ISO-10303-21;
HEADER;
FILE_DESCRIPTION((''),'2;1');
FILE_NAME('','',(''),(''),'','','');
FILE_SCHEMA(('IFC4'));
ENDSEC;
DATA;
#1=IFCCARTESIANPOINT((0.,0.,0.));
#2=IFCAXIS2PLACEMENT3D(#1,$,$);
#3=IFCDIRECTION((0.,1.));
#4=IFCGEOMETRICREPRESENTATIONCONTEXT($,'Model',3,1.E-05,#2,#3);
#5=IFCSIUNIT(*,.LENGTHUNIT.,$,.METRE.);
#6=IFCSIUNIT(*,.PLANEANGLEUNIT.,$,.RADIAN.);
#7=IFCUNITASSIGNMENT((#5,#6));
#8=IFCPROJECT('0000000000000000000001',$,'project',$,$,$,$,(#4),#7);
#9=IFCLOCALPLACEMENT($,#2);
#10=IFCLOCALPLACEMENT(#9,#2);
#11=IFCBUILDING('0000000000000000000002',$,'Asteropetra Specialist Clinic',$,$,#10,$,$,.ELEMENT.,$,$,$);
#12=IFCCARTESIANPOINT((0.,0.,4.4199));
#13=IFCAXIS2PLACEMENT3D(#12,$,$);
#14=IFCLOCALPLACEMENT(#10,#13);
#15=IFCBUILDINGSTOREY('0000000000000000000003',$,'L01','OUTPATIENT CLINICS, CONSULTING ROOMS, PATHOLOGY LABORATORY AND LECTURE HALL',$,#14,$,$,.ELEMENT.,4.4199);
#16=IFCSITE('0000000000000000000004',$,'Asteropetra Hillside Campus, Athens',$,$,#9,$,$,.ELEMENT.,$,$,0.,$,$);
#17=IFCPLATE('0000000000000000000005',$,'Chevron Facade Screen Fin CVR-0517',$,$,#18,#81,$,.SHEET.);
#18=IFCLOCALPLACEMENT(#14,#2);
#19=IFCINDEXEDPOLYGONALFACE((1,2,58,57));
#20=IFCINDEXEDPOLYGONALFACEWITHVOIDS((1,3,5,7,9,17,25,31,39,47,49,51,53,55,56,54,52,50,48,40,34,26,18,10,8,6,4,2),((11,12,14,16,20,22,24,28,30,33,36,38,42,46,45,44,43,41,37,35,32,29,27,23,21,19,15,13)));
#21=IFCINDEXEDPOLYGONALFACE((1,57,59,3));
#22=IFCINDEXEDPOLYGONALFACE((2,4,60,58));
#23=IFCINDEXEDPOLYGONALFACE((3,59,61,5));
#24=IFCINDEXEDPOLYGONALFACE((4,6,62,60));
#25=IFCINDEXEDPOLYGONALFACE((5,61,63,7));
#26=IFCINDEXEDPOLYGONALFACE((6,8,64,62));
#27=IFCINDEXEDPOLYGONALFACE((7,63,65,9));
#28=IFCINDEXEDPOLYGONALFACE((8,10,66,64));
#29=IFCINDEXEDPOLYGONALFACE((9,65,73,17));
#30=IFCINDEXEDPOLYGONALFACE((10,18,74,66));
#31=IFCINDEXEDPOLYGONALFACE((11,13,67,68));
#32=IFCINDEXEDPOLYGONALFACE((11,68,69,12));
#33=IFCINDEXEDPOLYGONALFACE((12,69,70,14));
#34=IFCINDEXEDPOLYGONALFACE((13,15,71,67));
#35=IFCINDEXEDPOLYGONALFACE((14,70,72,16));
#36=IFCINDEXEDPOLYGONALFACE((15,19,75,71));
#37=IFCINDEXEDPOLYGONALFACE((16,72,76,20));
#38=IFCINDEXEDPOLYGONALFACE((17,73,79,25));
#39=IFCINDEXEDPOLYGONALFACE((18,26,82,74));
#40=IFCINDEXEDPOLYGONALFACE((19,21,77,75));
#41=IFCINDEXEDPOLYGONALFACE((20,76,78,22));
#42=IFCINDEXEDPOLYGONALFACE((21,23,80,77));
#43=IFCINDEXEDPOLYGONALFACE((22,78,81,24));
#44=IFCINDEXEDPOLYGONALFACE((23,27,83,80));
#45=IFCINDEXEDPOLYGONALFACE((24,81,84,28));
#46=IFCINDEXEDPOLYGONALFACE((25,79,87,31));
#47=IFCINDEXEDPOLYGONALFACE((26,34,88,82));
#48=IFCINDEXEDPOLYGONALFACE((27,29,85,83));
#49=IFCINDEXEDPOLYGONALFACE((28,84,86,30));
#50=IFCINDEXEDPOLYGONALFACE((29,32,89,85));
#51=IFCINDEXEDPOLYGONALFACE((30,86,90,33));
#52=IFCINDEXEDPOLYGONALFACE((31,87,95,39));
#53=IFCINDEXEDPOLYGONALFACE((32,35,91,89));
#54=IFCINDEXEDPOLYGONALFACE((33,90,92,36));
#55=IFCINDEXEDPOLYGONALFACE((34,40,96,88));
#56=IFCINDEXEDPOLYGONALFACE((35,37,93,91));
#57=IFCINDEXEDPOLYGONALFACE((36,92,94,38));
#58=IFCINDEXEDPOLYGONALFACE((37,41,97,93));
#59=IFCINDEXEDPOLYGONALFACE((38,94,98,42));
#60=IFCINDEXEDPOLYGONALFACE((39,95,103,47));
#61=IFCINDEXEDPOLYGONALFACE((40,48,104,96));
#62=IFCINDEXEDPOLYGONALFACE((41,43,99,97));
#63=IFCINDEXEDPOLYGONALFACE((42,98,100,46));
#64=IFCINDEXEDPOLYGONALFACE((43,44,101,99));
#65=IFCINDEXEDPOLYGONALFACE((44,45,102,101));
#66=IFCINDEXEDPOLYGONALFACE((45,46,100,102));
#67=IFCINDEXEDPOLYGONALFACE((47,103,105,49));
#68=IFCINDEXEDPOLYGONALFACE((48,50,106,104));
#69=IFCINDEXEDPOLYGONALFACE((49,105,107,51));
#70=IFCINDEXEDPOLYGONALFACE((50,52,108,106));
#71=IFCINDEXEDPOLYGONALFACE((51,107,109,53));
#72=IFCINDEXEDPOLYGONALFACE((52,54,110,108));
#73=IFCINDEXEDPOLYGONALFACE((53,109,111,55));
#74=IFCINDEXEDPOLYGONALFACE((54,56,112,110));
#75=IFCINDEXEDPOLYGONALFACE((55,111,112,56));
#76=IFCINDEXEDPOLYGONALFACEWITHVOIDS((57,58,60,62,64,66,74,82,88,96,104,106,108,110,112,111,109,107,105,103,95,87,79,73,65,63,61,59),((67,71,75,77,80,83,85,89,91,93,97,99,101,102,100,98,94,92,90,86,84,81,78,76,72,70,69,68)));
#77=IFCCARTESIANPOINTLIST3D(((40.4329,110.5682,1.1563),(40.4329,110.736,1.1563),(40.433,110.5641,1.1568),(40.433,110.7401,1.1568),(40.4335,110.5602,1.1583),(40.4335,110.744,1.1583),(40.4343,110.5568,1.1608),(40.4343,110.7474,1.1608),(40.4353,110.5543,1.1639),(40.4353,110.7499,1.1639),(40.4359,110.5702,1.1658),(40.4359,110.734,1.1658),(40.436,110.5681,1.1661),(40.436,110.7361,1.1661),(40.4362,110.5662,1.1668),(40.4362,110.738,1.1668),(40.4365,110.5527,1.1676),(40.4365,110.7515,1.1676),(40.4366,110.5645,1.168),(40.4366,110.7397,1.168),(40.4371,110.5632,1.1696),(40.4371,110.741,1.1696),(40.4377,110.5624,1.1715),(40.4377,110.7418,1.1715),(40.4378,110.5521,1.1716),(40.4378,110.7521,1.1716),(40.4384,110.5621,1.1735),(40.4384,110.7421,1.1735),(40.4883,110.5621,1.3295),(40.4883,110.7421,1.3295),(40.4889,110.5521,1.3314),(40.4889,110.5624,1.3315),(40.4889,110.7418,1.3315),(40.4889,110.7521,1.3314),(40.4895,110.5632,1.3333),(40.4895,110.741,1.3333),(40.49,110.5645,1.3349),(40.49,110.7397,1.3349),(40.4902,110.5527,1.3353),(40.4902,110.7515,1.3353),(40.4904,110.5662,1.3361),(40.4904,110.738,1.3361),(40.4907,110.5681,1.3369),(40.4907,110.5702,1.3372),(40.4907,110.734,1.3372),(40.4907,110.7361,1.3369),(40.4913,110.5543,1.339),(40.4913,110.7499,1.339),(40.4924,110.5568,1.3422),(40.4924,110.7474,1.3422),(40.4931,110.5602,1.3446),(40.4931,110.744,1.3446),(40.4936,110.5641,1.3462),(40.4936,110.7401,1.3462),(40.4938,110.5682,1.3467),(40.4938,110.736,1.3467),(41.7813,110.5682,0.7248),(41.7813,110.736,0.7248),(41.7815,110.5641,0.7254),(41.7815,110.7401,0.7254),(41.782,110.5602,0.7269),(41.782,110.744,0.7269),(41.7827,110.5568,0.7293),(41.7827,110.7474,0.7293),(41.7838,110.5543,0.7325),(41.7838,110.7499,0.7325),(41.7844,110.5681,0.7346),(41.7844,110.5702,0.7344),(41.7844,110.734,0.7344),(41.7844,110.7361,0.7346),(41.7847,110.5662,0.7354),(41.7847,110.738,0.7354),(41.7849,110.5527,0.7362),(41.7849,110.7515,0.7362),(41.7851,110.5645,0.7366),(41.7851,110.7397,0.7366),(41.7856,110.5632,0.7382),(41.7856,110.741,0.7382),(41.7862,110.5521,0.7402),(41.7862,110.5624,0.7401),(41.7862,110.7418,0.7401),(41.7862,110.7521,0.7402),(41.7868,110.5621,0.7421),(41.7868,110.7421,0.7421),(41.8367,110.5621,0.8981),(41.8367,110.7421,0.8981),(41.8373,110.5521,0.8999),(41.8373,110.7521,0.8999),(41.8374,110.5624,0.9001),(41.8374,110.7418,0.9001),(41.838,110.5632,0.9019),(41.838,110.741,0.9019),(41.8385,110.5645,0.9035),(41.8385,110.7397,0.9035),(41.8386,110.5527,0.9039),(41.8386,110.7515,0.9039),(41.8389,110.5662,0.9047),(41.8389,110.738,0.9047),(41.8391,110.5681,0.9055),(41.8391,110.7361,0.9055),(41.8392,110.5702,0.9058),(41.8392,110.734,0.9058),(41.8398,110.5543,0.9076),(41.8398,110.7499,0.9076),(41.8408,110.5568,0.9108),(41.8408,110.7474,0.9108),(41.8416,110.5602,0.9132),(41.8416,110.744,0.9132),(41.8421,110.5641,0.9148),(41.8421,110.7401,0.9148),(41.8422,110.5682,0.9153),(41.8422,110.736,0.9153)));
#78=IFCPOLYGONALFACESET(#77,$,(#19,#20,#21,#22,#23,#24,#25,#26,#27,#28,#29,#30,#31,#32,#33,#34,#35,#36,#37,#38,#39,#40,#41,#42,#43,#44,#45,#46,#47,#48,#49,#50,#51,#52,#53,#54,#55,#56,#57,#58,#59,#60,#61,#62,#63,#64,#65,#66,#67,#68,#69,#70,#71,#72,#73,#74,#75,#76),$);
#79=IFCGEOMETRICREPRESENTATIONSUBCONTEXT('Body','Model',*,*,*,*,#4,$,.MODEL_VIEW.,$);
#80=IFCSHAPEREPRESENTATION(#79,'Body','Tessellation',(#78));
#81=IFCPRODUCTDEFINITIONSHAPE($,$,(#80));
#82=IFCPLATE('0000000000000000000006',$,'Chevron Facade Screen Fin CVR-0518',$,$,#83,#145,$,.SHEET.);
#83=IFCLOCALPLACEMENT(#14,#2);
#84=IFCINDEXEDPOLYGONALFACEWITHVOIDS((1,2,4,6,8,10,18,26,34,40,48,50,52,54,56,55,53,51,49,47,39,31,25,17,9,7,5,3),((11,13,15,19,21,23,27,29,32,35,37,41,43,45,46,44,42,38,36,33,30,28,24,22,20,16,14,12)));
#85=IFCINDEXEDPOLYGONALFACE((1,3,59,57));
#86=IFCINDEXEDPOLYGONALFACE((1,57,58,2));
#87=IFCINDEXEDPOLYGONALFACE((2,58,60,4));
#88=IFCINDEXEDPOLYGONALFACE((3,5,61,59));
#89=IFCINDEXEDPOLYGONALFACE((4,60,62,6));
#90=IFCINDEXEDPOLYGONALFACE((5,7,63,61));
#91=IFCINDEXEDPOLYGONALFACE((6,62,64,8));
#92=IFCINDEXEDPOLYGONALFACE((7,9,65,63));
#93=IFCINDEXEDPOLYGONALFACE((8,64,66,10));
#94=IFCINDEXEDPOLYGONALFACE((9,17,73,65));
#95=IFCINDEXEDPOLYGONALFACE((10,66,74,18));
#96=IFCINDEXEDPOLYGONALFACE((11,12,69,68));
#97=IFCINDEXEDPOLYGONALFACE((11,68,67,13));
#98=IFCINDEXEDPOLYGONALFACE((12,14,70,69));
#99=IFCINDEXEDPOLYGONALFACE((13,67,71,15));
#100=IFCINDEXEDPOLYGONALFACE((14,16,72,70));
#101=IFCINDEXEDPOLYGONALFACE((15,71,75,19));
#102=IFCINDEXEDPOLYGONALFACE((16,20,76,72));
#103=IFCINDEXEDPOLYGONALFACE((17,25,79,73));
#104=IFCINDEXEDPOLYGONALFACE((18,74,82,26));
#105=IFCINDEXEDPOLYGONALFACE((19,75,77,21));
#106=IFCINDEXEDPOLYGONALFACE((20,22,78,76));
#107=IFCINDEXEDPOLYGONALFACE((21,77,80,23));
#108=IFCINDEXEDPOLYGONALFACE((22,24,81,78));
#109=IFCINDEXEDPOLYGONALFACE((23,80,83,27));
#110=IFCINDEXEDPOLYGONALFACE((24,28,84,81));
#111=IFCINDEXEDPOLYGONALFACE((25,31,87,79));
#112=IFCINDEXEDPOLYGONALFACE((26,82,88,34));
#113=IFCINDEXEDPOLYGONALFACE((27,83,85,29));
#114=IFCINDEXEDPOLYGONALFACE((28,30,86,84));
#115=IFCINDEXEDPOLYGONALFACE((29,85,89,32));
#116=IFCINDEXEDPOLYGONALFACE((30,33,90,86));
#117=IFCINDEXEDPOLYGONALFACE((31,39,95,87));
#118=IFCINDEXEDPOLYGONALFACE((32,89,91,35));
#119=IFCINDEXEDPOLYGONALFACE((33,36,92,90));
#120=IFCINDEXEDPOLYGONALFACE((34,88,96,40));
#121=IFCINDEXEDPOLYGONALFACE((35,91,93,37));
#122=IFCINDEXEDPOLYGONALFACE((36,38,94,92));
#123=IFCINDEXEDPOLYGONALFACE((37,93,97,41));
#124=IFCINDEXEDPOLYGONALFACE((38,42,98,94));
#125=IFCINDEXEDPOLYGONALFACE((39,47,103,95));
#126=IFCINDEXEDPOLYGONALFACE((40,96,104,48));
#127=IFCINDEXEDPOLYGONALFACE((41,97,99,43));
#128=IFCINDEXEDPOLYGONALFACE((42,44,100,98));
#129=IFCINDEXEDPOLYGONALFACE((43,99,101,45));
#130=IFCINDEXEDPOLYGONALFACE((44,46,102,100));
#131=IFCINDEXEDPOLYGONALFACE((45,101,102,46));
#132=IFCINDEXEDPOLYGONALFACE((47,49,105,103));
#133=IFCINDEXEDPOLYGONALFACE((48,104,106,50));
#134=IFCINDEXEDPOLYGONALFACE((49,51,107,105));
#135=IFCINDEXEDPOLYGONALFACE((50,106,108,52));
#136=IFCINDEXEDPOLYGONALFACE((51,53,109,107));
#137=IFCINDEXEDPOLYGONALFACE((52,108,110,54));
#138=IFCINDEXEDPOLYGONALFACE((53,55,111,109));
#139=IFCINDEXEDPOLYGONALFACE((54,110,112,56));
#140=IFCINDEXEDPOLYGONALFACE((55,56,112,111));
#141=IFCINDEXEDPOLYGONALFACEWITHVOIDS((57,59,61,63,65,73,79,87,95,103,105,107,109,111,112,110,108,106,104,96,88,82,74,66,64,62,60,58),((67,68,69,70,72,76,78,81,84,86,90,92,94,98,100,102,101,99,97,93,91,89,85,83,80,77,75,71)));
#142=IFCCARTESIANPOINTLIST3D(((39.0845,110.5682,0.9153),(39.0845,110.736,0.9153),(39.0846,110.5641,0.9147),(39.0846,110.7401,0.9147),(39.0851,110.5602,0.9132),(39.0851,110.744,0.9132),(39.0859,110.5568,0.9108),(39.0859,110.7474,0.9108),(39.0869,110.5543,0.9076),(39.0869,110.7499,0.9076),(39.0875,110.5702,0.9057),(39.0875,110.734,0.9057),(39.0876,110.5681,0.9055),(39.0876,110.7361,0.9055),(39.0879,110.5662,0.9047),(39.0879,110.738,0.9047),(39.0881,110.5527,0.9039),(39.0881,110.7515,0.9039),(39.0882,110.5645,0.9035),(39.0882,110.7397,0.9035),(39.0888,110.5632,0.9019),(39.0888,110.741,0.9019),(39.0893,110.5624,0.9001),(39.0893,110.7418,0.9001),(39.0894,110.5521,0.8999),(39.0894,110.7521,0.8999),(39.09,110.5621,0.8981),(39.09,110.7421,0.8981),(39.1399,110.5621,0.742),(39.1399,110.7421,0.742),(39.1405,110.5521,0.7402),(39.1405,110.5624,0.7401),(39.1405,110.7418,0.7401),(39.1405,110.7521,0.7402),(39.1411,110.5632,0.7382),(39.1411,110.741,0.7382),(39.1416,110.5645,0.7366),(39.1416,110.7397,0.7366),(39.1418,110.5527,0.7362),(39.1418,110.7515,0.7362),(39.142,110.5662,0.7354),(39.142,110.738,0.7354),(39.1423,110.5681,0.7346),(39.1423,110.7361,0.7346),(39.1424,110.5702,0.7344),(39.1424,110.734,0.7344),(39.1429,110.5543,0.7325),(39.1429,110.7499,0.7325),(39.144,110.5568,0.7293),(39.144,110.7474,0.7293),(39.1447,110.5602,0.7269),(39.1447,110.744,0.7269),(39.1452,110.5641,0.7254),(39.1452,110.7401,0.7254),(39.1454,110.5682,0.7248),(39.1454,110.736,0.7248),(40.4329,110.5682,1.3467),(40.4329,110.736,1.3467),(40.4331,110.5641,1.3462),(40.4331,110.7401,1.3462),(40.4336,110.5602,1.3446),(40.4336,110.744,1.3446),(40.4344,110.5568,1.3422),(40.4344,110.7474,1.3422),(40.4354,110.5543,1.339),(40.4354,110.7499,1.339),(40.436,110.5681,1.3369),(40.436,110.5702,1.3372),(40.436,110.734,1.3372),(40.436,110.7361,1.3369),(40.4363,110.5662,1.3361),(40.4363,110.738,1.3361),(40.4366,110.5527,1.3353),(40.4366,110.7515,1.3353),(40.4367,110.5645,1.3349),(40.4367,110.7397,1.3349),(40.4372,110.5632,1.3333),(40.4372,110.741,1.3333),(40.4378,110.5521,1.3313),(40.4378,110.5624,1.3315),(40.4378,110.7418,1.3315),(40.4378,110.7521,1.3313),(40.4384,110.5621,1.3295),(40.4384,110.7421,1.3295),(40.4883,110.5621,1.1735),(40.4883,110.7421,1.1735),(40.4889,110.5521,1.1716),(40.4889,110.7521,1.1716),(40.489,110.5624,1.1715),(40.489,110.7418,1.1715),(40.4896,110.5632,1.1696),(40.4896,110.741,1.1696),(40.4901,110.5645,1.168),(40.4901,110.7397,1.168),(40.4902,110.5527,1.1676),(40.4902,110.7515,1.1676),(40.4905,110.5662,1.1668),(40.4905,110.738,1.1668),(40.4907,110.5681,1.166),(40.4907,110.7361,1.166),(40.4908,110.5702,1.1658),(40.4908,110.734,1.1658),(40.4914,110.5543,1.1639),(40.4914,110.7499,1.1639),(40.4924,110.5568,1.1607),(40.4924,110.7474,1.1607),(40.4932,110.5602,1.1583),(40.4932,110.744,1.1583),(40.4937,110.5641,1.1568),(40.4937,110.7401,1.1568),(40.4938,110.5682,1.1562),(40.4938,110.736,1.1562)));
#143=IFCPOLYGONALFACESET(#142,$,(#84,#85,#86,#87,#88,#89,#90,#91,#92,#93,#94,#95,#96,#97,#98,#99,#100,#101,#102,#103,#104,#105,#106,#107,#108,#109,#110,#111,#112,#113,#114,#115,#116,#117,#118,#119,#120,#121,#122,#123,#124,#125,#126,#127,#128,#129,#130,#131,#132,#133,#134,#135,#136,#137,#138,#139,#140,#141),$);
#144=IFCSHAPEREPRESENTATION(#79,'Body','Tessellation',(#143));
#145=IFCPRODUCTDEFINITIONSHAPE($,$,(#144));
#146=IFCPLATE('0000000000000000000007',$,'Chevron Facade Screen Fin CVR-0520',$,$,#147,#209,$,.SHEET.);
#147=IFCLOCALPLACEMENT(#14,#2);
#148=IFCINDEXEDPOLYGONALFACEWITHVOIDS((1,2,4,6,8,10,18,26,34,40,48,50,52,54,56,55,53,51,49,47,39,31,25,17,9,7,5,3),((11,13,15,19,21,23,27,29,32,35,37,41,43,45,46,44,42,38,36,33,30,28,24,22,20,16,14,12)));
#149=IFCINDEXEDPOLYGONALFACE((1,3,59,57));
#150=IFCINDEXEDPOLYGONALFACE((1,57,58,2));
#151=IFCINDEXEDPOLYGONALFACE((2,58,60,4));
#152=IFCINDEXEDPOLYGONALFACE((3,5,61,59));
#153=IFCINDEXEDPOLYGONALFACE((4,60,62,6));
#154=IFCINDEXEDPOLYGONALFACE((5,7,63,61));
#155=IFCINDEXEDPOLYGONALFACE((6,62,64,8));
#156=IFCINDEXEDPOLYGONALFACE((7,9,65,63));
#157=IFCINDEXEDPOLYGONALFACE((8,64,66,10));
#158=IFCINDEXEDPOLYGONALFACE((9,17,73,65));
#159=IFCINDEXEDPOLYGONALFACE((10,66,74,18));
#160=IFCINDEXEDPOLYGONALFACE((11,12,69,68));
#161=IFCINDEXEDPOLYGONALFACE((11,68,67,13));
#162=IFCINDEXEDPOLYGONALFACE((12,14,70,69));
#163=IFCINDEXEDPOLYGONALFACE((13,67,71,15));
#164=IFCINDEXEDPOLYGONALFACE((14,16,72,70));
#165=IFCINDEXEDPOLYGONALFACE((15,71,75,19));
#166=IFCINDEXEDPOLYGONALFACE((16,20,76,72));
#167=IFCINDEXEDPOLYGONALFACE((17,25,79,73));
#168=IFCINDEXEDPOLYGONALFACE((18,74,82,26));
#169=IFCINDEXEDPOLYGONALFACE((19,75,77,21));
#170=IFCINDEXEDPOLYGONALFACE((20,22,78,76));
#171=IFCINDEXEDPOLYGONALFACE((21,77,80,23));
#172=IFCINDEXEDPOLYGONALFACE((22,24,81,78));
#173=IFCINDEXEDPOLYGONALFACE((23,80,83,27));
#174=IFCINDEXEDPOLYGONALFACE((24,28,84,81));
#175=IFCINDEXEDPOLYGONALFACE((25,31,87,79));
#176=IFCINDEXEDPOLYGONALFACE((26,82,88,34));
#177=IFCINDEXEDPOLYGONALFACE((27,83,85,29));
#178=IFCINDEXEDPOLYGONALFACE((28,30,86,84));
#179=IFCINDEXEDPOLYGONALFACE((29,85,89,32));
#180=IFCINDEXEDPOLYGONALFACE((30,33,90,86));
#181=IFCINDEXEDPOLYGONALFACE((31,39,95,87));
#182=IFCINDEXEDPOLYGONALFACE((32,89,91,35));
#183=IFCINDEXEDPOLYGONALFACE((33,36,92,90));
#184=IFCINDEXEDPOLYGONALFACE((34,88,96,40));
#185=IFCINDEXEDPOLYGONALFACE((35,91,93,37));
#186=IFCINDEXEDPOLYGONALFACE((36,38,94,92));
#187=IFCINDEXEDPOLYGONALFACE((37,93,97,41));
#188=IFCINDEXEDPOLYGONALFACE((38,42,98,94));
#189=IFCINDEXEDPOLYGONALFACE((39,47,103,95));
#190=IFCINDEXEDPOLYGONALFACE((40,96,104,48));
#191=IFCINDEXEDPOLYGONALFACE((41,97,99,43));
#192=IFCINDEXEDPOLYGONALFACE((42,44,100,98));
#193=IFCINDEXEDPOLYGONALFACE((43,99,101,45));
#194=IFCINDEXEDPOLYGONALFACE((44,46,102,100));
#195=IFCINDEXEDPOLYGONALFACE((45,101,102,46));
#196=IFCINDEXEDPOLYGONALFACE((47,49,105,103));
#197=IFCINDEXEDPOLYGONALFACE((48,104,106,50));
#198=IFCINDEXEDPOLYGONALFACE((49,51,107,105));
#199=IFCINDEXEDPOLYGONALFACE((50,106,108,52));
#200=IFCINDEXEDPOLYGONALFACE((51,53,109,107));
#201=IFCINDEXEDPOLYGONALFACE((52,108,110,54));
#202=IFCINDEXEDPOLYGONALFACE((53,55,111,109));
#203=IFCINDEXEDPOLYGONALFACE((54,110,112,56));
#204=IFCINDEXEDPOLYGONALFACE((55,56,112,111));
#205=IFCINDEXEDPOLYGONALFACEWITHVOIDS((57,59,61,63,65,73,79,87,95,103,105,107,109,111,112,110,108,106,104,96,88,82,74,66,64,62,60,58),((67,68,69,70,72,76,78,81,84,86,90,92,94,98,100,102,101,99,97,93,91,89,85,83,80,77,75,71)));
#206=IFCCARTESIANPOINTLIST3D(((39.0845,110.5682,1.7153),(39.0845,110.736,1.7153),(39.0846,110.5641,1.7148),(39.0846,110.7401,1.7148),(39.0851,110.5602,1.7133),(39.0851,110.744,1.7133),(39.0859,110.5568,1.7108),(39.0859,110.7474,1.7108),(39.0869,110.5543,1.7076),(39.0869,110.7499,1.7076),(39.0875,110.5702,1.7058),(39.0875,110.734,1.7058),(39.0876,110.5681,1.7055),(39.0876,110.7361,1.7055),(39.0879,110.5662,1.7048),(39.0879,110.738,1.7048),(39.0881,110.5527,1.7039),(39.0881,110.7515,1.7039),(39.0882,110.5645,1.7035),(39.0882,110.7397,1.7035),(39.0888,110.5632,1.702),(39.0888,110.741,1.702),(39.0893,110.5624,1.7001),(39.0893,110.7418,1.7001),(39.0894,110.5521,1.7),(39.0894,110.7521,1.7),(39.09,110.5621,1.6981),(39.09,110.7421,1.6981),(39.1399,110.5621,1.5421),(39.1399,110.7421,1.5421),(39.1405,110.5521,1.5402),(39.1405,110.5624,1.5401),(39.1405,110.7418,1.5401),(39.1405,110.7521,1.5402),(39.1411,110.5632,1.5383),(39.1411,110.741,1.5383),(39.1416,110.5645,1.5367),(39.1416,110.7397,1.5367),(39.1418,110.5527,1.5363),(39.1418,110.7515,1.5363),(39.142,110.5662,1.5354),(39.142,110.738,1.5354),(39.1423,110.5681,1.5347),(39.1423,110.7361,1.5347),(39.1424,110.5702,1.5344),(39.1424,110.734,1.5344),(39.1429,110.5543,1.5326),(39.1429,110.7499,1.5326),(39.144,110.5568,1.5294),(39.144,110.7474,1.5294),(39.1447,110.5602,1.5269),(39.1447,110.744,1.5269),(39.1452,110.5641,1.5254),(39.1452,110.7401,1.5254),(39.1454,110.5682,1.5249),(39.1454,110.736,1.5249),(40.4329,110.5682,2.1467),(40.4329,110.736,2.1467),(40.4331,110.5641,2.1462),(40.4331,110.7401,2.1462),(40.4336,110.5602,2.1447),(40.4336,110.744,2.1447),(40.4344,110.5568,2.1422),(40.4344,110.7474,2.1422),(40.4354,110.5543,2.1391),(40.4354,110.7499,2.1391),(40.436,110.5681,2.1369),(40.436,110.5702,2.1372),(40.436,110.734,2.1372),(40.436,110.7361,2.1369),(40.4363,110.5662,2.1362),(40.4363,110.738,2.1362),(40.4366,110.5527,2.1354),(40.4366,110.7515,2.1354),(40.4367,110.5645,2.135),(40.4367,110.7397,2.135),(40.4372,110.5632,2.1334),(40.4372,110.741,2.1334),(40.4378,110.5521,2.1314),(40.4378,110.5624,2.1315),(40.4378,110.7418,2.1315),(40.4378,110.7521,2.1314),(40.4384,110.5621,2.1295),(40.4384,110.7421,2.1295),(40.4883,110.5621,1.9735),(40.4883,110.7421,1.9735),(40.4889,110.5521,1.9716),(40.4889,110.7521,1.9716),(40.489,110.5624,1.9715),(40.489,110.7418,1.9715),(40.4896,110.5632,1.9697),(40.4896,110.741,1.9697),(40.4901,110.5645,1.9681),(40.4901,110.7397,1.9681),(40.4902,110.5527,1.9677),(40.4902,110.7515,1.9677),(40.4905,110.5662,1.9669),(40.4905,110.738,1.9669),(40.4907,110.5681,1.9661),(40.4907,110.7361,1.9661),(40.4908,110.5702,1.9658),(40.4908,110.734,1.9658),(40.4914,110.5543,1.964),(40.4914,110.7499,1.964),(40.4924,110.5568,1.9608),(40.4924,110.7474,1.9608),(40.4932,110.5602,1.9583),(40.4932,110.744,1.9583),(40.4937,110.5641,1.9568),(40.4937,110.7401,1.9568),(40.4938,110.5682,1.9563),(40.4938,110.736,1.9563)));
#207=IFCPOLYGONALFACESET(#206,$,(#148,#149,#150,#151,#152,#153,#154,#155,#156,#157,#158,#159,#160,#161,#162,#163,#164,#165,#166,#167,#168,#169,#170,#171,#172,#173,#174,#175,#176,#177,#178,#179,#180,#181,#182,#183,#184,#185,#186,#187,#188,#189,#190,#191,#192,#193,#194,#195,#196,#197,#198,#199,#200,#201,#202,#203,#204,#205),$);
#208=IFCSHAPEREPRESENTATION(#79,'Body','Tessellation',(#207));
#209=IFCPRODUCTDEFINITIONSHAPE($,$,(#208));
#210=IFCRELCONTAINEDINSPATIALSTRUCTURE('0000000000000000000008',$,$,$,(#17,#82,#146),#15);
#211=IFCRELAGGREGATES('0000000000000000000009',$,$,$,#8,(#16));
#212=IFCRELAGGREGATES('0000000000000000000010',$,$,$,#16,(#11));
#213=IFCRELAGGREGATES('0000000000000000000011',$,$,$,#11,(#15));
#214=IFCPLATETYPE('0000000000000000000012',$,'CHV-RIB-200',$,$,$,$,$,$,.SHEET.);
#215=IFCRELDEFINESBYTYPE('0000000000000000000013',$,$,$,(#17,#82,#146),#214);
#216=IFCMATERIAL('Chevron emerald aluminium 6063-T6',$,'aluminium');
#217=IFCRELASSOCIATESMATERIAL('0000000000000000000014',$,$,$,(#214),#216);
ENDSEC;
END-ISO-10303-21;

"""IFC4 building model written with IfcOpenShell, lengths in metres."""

from ifc_helpers import new_model, si_unit, direction, frame, origin, origin_2d, place, context, subcontext, project, spatial, hollow_rectangle, extrude, material, material_profile, profile_set, type_object, element, save


model = new_model("IFC4")

# Units and contexts
model_context = context("Model", 3, precision=1e-05, world=origin(), true_north=direction((0.0, 1.0)))
body_context = subcontext(model_context, "Body", "Model", "MODEL_VIEW")
ifc_project = project(units=[si_unit("LENGTHUNIT", "METRE"), si_unit("PLANEANGLEUNIT", "RADIAN")], contexts=[model_context])

# Site, building, storey
site_placement = place(None, origin())
site = spatial("IfcSite", under=ifc_project, at=site_placement, Name="Asteropetra Hillside Campus, Athens", CompositionType="ELEMENT", RefElevation=0.0)
building_placement = place(site_placement, origin())
building = spatial("IfcBuilding", under=site, at=building_placement, Name="Asteropetra Specialist Clinic", CompositionType="ELEMENT")
storey_placement = place(building_placement, frame((0.0, 0.0, 4.4199)))
storey = spatial("IfcBuildingStorey", under=building, at=storey_placement, Name="L01", Description="OUTPATIENT CLINICS, CONSULTING ROOMS, PATHOLOGY LABORATORY AND LECTURE HALL", CompositionType="ELEMENT", Elevation=4.4199)

# Plates
ifc_material_1 = material(Name="Chevron emerald aluminium 6063-T6", Category="aluminium")
ifc_material_profile = material_profile(ifc_material_1, hollow_rectangle(XDim=0.2, YDim=0.2, WallThickness=0.01, InnerFilletRadius=0.0081, OuterFilletRadius=0.0161, at=origin_2d()), Name="SHS 200x200x10.0")
ifc_profile_set = profile_set([ifc_material_profile], Name="Chevron emerald aluminium 6063-T6")
plate_type_1 = type_object("IfcPlateType", Name="CHV-RIB-200", PredefinedType="SHEET", material=ifc_profile_set)
for number, where, z_axis, x_axis, name in (
    (1, (41.8118, 110.6521, 0.8201), (-0.952442, 0.0, 0.304719), (0.0, -1.0, 0.0), "Chevron Facade Screen Fin CVR-0517"),
    (2, (40.4634, 110.6521, 1.2515), (-0.952442, 0.0, -0.304719), (0.0, -1.0, 0.0), "Chevron Facade Screen Fin CVR-0518"),
    (3, (40.4634, 110.6521, 2.0515), (-0.952442, 0.0, -0.304719), (0.0, -1.0, 0.0), "Chevron Facade Screen Fin CVR-0520"),
):
    element("IfcPlate", number, at=place(storey_placement, frame(where, z_axis=z_axis, x_axis=x_axis)), inside=storey, type_object=plate_type_1, Name=name, PredefinedType="SHEET", context=body_context, shape_type="SweptSolid", body=[
        extrude(hollow_rectangle(XDim=0.2, YDim=0.2, WallThickness=0.01, InnerFilletRadius=0.0081, OuterFilletRadius=0.0161, at=origin_2d()), origin(), (0.0, 0.0, 1.0), 1.4158),
    ])

save(model, "model.ifc")
